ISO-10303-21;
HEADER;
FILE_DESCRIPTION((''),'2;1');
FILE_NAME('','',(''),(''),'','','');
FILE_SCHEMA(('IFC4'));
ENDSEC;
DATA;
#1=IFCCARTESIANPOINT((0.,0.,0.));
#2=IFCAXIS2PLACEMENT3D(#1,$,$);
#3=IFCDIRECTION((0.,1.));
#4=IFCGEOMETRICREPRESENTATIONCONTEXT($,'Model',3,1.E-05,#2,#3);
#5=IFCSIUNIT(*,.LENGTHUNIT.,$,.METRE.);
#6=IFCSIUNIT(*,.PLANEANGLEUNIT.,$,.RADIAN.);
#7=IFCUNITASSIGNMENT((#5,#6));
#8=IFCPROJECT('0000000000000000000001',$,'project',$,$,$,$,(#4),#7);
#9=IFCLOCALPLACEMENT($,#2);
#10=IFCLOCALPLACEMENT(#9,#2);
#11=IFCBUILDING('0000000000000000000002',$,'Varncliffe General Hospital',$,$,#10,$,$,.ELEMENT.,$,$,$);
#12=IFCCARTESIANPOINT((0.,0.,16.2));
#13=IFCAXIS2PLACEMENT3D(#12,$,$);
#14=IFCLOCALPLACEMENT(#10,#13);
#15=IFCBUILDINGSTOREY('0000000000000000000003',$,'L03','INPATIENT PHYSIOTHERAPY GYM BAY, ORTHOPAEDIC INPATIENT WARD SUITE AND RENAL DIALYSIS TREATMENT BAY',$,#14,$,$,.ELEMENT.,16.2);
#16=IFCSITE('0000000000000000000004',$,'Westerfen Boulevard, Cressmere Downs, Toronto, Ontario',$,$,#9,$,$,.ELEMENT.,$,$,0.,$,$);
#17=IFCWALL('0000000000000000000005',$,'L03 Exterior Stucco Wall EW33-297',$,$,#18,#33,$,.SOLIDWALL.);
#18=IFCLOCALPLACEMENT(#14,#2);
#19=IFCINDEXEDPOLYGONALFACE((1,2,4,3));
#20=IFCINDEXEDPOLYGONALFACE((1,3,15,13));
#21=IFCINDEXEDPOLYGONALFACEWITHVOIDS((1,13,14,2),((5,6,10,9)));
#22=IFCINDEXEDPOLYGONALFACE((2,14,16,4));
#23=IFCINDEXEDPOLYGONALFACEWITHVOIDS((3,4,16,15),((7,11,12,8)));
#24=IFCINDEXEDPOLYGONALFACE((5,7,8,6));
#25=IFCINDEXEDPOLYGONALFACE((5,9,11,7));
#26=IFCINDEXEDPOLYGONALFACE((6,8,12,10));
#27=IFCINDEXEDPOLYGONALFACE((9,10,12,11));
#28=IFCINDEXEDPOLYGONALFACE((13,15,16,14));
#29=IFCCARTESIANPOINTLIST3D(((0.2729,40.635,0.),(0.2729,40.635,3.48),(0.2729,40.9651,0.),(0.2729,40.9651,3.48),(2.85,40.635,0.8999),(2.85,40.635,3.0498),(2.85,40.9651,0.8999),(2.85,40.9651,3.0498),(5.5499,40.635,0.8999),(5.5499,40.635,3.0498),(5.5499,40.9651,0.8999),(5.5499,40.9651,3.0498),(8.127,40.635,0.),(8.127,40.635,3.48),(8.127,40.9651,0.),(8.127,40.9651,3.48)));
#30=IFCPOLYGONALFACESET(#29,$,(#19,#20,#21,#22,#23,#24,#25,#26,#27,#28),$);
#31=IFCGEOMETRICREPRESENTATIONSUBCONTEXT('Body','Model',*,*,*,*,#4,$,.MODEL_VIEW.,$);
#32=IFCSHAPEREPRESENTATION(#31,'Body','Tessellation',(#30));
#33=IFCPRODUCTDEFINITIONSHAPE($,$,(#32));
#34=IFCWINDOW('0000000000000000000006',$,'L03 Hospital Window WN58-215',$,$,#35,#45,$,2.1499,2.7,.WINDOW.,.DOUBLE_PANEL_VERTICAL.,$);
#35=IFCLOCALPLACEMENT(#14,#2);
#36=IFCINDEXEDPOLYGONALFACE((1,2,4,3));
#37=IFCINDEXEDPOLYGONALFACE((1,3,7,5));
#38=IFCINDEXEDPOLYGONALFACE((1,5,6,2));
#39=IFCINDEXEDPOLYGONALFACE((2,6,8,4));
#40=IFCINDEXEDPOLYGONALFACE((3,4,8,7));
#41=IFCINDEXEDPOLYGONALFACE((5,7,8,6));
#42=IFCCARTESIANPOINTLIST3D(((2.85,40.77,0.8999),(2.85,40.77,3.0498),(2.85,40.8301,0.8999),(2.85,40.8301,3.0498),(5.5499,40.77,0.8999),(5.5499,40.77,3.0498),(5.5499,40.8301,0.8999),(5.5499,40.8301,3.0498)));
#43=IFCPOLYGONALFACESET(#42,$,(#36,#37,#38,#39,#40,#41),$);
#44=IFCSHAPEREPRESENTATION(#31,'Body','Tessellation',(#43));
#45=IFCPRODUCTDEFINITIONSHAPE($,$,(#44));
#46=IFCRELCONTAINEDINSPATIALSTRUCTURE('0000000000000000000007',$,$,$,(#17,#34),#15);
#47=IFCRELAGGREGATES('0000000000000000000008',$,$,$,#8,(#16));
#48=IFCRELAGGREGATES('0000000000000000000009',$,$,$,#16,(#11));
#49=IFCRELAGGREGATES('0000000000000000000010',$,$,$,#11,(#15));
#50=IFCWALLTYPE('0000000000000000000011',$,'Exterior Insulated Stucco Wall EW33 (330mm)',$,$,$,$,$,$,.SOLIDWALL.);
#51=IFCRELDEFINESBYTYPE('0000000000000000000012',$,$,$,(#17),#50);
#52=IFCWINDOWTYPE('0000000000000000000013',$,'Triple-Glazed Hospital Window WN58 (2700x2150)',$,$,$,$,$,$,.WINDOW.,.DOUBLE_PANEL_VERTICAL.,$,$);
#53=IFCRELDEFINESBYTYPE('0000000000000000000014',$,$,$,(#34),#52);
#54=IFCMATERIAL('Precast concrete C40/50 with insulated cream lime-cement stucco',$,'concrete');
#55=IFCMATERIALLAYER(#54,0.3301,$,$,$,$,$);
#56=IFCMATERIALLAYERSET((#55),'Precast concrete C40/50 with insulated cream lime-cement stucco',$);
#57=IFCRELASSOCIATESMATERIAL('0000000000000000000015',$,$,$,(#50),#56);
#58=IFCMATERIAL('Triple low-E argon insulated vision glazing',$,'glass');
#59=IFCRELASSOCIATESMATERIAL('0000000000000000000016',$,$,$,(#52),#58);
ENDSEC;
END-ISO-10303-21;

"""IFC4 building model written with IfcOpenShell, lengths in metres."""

from ifc_helpers import new_model, si_unit, direction, frame, frame_2d, origin, place, context, subcontext, project, spatial, rectangle, extrude, material, layer, layer_set, type_object, element, fill, save


model = new_model("IFC4")

# Units and contexts
model_context = context("Model", 3, precision=1e-05, world=origin(), true_north=direction((0.0, 1.0)))
body_context = subcontext(model_context, "Body", "Model", "MODEL_VIEW")
ifc_project = project(units=[si_unit("LENGTHUNIT", "METRE"), si_unit("PLANEANGLEUNIT", "RADIAN")], contexts=[model_context])

# Site, building, storey
site_placement = place(None, origin())
site = spatial("IfcSite", under=ifc_project, at=site_placement, Name="Westerfen Boulevard, Cressmere Downs, Toronto, Ontario", CompositionType="ELEMENT", RefElevation=0.0)
building_placement = place(site_placement, origin())
building = spatial("IfcBuilding", under=site, at=building_placement, Name="Varncliffe General Hospital", CompositionType="ELEMENT")
storey_placement = place(building_placement, frame((0.0, 0.0, 16.2)))
storey = spatial("IfcBuildingStorey", under=building, at=storey_placement, Name="L03", Description="INPATIENT PHYSIOTHERAPY GYM BAY, ORTHOPAEDIC INPATIENT WARD SUITE AND RENAL DIALYSIS TREATMENT BAY", CompositionType="ELEMENT", Elevation=16.2)

# Wall, opening, window
ifc_material_1 = material(Name="Precast concrete C40/50 with insulated cream lime-cement stucco", Category="concrete")
ifc_layer_1 = layer(ifc_material_1, 0.3301)
ifc_layer_set_1 = layer_set([ifc_layer_1], Name="Precast concrete C40/50 with insulated cream lime-cement stucco")
wall_type = type_object("IfcWallType", Name="Exterior Insulated Stucco Wall EW33 (330mm)", PredefinedType="SOLIDWALL", material=ifc_layer_set_1)
wall_placement = place(storey_placement, frame((8.127, 40.8, 0.0), z_axis=(0.0, 0.0, 1.0), x_axis=(-1.0, 0.0, 0.0)))
wall = element("IfcWall", 1, at=wall_placement, inside=storey, type_object=wall_type, Name="L03 Exterior Stucco Wall EW33-297", PredefinedType="SOLIDWALL", context=body_context, shape_type="SweptSolid", body=[
    extrude(rectangle(XDim=7.854, YDim=0.3301, at=frame_2d((3.927, 0.0))), origin(), (0.0, 0.0, 1.0), 3.48),
])
opening_placement = place(wall_placement, frame((2.5769, 0.0, 0.8999)))
opening = element("IfcOpeningElement", 2, at=opening_placement, cuts=wall, PredefinedType="OPENING", context=body_context, shape_type="SweptSolid", body=[
    extrude(rectangle(XDim=2.7, YDim=2.1499, at=frame_2d((1.3501, 1.075))), frame((0.0, 0.175, 0.0), z_axis=(0.0, -1.0, 0.0), x_axis=(1.0, 0.0, 0.0)), (0.0, 0.0, 1.0), 0.3501),
])
ifc_material_2 = material(Name="Triple low-E argon insulated vision glazing", Category="glass")
window_type = type_object("IfcWindowType", Name="Triple-Glazed Hospital Window WN58 (2700x2150)", PartitioningType="DOUBLE_PANEL_VERTICAL", PredefinedType="WINDOW", material=ifc_material_2)
window_placement = place(opening_placement, origin())
window = element("IfcWindow", 3, at=window_placement, inside=storey, type_object=window_type, Name="L03 Hospital Window WN58-215", OverallHeight=2.1499, OverallWidth=2.7, PartitioningType="DOUBLE_PANEL_VERTICAL", PredefinedType="WINDOW", context=body_context, shape_type="SweptSolid", body=[
    extrude(rectangle(XDim=2.7, YDim=2.1499, at=frame_2d((1.3501, 1.075))), frame((0.0, 0.03, 0.0), z_axis=(0.0, -1.0, 0.0), x_axis=(1.0, 0.0, 0.0)), (0.0, 0.0, 1.0), 0.0601),
])
fill(opening, window)

save(model, "model.ifc")
